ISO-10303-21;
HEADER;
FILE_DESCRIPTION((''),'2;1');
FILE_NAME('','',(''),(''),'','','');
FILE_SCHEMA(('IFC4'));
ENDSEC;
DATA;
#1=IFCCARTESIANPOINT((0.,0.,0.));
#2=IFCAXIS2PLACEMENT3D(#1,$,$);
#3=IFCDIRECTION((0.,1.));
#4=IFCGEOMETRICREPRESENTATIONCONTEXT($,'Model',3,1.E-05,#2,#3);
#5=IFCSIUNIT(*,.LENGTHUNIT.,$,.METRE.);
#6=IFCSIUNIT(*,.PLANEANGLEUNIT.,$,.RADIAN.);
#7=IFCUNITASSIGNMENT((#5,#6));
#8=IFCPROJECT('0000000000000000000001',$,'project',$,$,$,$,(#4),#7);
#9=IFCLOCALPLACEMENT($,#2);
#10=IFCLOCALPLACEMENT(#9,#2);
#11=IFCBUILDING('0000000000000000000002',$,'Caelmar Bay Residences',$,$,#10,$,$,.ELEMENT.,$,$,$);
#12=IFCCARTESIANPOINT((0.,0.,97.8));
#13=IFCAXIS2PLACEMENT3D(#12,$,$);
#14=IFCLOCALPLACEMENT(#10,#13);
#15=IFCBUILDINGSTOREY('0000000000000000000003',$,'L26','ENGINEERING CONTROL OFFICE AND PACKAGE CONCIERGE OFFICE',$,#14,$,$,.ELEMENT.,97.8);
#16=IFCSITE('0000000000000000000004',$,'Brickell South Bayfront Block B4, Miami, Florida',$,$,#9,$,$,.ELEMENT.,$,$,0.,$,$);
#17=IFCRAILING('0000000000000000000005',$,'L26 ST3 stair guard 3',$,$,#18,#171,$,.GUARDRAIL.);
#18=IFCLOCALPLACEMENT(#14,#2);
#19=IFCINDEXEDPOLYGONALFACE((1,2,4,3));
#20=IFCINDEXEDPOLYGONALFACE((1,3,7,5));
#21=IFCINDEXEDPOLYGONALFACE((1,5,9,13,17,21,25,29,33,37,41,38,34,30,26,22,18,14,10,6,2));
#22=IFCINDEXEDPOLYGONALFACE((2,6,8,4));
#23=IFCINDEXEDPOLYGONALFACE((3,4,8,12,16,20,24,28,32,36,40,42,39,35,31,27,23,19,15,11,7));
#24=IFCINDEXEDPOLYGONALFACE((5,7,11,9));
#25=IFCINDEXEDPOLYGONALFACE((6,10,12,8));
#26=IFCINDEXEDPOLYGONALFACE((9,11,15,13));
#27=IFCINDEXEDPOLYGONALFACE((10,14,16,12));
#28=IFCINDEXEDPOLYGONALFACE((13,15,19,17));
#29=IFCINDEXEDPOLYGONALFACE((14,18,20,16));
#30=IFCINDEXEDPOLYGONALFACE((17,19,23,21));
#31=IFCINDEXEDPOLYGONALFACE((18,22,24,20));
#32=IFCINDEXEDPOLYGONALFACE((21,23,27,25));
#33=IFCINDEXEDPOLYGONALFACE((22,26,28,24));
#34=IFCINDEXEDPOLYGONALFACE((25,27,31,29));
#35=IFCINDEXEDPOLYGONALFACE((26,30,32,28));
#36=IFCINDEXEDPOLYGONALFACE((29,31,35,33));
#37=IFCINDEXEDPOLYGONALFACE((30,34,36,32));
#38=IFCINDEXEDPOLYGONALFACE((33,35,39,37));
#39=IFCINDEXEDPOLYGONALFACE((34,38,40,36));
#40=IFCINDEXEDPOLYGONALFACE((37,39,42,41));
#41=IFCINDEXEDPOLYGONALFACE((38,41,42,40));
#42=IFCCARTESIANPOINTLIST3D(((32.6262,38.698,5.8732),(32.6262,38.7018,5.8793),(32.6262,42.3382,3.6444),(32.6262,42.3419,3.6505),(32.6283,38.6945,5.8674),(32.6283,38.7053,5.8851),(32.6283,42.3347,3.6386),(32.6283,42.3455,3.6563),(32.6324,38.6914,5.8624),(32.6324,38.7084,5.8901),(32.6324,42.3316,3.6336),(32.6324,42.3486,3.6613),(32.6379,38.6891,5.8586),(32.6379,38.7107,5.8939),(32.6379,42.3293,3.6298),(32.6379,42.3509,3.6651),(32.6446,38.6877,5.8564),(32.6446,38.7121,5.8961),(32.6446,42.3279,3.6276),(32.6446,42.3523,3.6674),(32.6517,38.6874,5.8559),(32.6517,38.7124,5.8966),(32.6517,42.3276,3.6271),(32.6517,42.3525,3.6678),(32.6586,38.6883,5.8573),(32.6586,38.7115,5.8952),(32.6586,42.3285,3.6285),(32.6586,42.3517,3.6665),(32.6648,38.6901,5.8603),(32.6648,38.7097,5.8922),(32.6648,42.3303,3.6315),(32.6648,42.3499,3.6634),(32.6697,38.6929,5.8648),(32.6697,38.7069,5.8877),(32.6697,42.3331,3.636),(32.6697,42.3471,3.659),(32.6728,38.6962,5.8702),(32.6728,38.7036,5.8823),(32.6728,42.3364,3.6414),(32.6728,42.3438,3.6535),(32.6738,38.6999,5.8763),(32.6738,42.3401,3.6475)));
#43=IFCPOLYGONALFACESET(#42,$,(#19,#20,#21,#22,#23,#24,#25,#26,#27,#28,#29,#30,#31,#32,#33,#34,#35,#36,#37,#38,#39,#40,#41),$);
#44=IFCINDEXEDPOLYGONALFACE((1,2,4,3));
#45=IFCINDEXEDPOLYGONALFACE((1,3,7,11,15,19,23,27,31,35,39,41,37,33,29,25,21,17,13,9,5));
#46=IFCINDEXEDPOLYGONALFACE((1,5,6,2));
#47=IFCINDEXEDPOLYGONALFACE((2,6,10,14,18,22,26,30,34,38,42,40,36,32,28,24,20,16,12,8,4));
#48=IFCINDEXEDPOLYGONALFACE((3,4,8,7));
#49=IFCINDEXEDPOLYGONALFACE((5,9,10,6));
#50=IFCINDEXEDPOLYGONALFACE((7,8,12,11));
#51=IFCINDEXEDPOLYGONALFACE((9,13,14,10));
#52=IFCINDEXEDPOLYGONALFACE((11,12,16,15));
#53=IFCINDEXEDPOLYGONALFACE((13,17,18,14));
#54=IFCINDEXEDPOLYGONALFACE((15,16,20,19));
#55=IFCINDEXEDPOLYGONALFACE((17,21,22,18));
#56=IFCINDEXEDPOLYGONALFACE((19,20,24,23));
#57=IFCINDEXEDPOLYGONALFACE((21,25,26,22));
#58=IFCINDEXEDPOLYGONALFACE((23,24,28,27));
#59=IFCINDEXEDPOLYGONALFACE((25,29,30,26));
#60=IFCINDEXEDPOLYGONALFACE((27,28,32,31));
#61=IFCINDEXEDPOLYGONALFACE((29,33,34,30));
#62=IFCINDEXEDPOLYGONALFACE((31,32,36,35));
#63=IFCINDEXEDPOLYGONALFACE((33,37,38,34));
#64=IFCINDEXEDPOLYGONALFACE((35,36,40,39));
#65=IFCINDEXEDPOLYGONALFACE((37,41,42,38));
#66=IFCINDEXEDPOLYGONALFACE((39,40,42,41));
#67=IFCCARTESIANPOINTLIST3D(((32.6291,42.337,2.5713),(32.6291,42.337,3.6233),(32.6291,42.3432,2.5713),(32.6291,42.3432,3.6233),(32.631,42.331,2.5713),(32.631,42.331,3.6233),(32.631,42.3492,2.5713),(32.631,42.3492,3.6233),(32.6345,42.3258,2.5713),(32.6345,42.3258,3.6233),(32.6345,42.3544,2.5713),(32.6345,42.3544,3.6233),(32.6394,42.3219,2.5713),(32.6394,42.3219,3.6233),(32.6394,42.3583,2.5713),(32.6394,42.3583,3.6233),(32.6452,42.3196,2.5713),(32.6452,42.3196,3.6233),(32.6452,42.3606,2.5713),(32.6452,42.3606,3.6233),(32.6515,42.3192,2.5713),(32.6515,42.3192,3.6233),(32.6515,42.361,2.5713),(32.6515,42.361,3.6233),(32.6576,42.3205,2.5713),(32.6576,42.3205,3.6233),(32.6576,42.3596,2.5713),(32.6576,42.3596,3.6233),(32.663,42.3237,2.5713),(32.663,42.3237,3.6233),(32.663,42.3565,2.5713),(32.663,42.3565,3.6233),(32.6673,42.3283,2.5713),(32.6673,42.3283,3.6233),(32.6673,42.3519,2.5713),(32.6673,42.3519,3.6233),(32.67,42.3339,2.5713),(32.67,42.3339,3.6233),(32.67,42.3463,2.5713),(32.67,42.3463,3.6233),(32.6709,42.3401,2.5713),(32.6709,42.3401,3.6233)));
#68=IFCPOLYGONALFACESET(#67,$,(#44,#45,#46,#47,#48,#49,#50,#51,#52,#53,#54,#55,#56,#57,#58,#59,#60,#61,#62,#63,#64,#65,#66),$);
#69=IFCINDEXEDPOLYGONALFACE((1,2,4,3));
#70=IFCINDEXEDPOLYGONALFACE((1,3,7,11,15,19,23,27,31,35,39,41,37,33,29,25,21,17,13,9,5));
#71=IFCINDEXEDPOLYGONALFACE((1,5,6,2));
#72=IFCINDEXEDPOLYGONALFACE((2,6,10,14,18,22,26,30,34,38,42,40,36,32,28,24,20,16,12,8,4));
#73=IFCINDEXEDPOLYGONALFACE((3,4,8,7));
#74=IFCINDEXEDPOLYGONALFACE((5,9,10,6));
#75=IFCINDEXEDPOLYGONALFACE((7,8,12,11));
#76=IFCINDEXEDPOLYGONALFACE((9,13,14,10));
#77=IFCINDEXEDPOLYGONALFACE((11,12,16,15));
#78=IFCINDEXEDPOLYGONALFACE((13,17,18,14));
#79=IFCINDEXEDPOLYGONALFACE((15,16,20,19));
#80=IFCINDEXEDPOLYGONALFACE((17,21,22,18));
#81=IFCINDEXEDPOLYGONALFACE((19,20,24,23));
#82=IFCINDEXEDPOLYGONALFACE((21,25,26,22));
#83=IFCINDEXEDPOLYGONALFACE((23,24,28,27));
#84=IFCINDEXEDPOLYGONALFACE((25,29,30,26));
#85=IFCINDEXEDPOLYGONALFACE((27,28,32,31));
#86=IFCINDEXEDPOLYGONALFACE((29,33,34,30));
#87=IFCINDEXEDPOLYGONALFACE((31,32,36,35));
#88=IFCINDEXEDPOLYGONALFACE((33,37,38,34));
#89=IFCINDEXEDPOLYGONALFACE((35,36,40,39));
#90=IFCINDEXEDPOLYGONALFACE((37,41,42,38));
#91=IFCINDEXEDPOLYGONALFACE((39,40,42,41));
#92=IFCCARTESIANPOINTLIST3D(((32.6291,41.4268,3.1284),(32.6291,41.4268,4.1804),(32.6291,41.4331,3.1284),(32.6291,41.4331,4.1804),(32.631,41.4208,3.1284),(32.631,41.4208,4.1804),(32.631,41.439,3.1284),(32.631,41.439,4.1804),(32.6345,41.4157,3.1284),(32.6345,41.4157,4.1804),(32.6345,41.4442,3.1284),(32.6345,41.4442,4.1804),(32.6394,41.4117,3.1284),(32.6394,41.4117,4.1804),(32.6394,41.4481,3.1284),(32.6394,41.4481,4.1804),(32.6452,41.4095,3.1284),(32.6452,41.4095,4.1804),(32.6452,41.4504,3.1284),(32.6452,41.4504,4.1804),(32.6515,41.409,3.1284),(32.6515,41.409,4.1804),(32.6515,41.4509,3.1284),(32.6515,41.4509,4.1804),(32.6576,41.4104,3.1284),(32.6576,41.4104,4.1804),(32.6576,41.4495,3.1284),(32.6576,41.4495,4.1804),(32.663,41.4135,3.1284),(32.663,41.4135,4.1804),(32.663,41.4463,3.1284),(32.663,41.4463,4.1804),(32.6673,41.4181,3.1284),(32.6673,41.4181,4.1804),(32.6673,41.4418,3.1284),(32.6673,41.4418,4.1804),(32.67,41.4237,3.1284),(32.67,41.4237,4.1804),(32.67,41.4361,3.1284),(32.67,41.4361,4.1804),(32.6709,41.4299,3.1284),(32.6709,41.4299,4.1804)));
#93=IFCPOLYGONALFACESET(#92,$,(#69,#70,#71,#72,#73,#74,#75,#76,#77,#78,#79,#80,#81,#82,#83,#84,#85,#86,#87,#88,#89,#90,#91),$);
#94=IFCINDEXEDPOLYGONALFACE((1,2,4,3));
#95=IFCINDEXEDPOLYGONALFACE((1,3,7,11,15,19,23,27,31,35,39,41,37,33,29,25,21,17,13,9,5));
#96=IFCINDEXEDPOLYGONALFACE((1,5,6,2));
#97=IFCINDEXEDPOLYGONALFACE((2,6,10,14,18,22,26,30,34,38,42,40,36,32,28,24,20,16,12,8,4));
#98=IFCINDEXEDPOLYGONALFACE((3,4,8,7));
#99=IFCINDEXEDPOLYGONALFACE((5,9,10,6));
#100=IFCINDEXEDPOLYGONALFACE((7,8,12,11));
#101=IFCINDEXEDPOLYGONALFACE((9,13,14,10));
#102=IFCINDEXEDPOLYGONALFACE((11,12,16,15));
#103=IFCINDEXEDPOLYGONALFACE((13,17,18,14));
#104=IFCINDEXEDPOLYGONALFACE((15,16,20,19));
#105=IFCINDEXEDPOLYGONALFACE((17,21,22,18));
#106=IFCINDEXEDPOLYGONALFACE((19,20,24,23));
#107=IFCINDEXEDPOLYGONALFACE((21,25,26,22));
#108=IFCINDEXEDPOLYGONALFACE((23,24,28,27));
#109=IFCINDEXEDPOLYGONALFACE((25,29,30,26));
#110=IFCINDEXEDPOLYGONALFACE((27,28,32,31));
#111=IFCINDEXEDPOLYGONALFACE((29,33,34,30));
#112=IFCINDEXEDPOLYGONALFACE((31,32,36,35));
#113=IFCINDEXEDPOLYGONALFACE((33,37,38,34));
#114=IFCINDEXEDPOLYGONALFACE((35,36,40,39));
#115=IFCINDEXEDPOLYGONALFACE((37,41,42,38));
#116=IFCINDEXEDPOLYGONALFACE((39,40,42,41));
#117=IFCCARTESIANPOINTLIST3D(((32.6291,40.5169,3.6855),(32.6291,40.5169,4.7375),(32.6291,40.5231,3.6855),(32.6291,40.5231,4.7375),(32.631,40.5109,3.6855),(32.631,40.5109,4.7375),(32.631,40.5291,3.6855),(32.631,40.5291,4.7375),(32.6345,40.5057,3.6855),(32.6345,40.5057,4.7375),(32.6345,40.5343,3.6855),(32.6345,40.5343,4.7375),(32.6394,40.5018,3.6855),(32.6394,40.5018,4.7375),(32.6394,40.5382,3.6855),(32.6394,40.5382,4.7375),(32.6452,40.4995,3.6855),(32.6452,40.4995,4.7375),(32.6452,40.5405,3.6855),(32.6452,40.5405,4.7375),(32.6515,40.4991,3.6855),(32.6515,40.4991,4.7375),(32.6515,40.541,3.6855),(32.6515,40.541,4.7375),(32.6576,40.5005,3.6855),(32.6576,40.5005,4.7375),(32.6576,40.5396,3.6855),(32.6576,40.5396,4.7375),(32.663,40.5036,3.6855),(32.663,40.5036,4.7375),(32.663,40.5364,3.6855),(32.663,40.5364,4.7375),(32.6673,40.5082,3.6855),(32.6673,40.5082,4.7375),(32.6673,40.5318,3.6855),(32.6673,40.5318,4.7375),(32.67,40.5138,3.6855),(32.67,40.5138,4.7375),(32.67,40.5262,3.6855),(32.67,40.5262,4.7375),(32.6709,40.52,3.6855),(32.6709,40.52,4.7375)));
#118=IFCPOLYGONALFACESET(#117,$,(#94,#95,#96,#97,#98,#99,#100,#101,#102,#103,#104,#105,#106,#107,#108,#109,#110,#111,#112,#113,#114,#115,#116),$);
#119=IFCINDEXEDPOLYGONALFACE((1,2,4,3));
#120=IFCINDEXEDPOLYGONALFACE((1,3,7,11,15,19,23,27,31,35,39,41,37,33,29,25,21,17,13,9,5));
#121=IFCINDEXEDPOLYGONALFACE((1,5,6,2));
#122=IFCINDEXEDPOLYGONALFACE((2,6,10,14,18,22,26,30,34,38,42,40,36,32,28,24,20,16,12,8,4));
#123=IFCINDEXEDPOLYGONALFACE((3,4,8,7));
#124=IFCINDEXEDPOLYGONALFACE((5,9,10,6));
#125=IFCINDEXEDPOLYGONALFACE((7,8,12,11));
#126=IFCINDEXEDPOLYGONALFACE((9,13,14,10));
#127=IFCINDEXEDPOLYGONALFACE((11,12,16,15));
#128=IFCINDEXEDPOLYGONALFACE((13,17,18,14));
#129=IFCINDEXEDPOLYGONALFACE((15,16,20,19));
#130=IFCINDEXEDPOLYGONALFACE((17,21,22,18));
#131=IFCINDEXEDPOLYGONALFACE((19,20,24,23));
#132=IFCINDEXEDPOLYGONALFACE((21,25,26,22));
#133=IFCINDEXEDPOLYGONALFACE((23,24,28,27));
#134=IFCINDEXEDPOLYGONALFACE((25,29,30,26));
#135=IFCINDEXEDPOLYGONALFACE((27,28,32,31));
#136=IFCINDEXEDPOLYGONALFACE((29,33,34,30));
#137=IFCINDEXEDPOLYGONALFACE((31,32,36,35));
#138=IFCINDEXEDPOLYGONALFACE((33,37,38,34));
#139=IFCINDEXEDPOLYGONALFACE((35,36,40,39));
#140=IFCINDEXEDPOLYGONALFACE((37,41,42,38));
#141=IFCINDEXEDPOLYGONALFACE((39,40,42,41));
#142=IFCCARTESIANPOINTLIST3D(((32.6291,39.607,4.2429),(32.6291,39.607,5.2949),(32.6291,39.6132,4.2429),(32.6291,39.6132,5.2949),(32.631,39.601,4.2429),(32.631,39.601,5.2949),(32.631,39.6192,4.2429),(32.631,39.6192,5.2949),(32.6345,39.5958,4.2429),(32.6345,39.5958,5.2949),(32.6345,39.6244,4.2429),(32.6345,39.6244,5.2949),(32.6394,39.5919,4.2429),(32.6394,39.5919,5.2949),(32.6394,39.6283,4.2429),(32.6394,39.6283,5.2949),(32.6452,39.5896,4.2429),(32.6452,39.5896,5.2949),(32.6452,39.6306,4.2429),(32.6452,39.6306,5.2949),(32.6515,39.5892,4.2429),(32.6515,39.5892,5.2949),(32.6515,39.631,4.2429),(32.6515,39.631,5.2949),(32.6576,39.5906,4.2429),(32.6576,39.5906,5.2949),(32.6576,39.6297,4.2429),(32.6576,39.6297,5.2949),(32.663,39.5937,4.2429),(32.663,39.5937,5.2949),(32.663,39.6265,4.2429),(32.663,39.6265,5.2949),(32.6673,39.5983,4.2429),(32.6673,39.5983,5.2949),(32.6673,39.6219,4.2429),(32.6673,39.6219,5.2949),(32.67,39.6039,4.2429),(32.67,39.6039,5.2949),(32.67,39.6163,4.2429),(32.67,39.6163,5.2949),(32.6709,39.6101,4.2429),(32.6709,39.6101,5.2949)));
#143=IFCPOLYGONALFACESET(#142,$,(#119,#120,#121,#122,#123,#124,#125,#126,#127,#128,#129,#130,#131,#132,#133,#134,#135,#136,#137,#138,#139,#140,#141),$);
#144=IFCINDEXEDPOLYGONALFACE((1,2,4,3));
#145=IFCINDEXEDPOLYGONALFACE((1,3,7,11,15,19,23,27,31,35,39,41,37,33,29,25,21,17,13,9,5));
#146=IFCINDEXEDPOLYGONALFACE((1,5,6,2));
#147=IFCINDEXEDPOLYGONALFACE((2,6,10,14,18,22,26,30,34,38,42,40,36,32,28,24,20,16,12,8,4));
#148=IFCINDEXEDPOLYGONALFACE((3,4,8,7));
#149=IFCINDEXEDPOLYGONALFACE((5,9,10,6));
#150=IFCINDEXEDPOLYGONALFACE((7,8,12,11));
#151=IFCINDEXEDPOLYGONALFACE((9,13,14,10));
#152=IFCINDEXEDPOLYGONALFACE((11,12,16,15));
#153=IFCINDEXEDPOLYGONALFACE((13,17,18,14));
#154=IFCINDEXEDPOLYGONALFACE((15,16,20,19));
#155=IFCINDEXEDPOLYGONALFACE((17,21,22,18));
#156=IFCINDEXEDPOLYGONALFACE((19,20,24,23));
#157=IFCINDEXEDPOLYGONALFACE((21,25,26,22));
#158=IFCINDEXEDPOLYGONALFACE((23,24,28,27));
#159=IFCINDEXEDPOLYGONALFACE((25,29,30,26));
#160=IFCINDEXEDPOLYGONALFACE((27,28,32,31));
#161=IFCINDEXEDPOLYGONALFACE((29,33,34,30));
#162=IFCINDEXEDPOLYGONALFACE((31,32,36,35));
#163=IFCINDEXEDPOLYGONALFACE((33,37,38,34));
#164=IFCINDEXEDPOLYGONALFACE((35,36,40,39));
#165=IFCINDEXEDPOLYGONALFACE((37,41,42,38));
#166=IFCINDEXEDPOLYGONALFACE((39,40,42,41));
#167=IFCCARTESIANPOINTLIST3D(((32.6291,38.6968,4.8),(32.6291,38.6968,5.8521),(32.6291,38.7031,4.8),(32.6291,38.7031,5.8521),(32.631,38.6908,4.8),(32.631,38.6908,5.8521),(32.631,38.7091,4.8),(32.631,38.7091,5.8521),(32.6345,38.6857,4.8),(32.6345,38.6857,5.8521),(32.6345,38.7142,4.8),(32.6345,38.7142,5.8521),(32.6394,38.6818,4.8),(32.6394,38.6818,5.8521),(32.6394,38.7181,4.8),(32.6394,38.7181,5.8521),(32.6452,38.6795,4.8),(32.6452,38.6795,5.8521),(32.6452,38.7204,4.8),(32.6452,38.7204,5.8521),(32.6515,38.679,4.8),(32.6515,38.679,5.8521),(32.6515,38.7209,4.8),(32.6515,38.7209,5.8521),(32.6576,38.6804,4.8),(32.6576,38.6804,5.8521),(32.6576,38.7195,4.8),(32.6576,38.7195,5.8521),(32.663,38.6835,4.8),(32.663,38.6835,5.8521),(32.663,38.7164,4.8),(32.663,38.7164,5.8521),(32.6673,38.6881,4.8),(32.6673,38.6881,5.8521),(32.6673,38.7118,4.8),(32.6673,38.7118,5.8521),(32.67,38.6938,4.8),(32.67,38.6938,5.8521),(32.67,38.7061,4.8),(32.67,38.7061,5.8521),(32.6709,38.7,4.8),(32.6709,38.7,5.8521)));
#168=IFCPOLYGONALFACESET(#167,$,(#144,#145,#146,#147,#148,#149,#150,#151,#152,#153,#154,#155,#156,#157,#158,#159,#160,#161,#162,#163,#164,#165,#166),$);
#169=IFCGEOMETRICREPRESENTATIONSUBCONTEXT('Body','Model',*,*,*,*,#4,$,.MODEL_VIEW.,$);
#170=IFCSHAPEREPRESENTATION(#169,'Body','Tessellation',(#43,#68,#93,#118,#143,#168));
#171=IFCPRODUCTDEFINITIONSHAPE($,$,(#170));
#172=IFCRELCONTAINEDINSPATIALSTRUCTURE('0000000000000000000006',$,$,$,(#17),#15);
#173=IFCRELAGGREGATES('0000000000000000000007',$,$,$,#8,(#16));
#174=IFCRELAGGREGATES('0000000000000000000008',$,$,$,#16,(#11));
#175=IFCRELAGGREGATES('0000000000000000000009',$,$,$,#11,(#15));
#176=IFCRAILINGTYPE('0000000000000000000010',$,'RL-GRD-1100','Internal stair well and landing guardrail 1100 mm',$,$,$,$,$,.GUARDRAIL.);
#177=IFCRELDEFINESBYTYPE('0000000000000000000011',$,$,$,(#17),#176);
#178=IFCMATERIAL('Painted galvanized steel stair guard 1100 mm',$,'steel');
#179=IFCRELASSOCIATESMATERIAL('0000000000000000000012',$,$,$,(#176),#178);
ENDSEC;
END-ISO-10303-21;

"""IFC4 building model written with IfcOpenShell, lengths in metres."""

from ifc_helpers import new_model, si_unit, direction, frame, origin, origin_2d, place, context, subcontext, project, spatial, circle, extrude, material, type_object, element, save


model = new_model("IFC4")

# Units and contexts
model_context = context("Model", 3, precision=1e-05, world=origin(), true_north=direction((0.0, 1.0)))
body_context = subcontext(model_context, "Body", "Model", "MODEL_VIEW")
ifc_project = project(units=[si_unit("LENGTHUNIT", "METRE"), si_unit("PLANEANGLEUNIT", "RADIAN")], contexts=[model_context])

# Site, building, storey
site_placement = place(None, origin())
site = spatial("IfcSite", under=ifc_project, at=site_placement, Name="Brickell South Bayfront Block B4, Miami, Florida", CompositionType="ELEMENT", RefElevation=0.0)
building_placement = place(site_placement, origin())
building = spatial("IfcBuilding", under=site, at=building_placement, Name="Caelmar Bay Residences", CompositionType="ELEMENT")
storey_placement = place(building_placement, frame((0.0, 0.0, 97.8)))
storey = spatial("IfcBuildingStorey", under=building, at=storey_placement, Name="L26", Description="ENGINEERING CONTROL OFFICE AND PACKAGE CONCIERGE OFFICE", CompositionType="ELEMENT", Elevation=97.8)

# Railing
ifc_material_1 = material(Name="Painted galvanized steel stair guard 1100 mm", Category="steel")
railing_type_1 = type_object("IfcRailingType", Name="RL-GRD-1100", Description="Internal stair well and landing guardrail 1100 mm", PredefinedType="GUARDRAIL", material=ifc_material_1)
railing_1_placement = place(storey_placement, frame((32.6499, 42.3401, 2.5713)))
element("IfcRailing", 1, at=railing_1_placement, inside=storey, type_object=railing_type_1, Name="L26 ST3 stair guard 3", PredefinedType="GUARDRAIL", context=body_context, shape_type="SweptSolid", body=[
    extrude(circle(Radius=0.0239, at=origin_2d()), frame((0.0, 0.0, 1.0762), z_axis=(0.0, -0.85284, 0.522172), x_axis=(1.0, 0.0, 0.0)), (0.0, 0.0, 1.0), 4.2683),
    extrude(circle(Radius=0.021, at=origin_2d()), origin(), (0.0, 0.0, 1.0), 1.052),
    extrude(circle(Radius=0.021, at=origin_2d()), frame((0.0, -0.9102, 0.5571)), (0.0, 0.0, 1.0), 1.052),
    extrude(circle(Radius=0.021, at=origin_2d()), frame((0.0, -1.8201, 1.1143)), (0.0, 0.0, 1.0), 1.052),
    extrude(circle(Radius=0.021, at=origin_2d()), frame((0.0, -2.73, 1.6716)), (0.0, 0.0, 1.0), 1.052),
    extrude(circle(Radius=0.021, at=origin_2d()), frame((0.0, -3.6401, 2.2288)), (0.0, 0.0, 1.0), 1.052),
])

save(model, "model.ifc")
